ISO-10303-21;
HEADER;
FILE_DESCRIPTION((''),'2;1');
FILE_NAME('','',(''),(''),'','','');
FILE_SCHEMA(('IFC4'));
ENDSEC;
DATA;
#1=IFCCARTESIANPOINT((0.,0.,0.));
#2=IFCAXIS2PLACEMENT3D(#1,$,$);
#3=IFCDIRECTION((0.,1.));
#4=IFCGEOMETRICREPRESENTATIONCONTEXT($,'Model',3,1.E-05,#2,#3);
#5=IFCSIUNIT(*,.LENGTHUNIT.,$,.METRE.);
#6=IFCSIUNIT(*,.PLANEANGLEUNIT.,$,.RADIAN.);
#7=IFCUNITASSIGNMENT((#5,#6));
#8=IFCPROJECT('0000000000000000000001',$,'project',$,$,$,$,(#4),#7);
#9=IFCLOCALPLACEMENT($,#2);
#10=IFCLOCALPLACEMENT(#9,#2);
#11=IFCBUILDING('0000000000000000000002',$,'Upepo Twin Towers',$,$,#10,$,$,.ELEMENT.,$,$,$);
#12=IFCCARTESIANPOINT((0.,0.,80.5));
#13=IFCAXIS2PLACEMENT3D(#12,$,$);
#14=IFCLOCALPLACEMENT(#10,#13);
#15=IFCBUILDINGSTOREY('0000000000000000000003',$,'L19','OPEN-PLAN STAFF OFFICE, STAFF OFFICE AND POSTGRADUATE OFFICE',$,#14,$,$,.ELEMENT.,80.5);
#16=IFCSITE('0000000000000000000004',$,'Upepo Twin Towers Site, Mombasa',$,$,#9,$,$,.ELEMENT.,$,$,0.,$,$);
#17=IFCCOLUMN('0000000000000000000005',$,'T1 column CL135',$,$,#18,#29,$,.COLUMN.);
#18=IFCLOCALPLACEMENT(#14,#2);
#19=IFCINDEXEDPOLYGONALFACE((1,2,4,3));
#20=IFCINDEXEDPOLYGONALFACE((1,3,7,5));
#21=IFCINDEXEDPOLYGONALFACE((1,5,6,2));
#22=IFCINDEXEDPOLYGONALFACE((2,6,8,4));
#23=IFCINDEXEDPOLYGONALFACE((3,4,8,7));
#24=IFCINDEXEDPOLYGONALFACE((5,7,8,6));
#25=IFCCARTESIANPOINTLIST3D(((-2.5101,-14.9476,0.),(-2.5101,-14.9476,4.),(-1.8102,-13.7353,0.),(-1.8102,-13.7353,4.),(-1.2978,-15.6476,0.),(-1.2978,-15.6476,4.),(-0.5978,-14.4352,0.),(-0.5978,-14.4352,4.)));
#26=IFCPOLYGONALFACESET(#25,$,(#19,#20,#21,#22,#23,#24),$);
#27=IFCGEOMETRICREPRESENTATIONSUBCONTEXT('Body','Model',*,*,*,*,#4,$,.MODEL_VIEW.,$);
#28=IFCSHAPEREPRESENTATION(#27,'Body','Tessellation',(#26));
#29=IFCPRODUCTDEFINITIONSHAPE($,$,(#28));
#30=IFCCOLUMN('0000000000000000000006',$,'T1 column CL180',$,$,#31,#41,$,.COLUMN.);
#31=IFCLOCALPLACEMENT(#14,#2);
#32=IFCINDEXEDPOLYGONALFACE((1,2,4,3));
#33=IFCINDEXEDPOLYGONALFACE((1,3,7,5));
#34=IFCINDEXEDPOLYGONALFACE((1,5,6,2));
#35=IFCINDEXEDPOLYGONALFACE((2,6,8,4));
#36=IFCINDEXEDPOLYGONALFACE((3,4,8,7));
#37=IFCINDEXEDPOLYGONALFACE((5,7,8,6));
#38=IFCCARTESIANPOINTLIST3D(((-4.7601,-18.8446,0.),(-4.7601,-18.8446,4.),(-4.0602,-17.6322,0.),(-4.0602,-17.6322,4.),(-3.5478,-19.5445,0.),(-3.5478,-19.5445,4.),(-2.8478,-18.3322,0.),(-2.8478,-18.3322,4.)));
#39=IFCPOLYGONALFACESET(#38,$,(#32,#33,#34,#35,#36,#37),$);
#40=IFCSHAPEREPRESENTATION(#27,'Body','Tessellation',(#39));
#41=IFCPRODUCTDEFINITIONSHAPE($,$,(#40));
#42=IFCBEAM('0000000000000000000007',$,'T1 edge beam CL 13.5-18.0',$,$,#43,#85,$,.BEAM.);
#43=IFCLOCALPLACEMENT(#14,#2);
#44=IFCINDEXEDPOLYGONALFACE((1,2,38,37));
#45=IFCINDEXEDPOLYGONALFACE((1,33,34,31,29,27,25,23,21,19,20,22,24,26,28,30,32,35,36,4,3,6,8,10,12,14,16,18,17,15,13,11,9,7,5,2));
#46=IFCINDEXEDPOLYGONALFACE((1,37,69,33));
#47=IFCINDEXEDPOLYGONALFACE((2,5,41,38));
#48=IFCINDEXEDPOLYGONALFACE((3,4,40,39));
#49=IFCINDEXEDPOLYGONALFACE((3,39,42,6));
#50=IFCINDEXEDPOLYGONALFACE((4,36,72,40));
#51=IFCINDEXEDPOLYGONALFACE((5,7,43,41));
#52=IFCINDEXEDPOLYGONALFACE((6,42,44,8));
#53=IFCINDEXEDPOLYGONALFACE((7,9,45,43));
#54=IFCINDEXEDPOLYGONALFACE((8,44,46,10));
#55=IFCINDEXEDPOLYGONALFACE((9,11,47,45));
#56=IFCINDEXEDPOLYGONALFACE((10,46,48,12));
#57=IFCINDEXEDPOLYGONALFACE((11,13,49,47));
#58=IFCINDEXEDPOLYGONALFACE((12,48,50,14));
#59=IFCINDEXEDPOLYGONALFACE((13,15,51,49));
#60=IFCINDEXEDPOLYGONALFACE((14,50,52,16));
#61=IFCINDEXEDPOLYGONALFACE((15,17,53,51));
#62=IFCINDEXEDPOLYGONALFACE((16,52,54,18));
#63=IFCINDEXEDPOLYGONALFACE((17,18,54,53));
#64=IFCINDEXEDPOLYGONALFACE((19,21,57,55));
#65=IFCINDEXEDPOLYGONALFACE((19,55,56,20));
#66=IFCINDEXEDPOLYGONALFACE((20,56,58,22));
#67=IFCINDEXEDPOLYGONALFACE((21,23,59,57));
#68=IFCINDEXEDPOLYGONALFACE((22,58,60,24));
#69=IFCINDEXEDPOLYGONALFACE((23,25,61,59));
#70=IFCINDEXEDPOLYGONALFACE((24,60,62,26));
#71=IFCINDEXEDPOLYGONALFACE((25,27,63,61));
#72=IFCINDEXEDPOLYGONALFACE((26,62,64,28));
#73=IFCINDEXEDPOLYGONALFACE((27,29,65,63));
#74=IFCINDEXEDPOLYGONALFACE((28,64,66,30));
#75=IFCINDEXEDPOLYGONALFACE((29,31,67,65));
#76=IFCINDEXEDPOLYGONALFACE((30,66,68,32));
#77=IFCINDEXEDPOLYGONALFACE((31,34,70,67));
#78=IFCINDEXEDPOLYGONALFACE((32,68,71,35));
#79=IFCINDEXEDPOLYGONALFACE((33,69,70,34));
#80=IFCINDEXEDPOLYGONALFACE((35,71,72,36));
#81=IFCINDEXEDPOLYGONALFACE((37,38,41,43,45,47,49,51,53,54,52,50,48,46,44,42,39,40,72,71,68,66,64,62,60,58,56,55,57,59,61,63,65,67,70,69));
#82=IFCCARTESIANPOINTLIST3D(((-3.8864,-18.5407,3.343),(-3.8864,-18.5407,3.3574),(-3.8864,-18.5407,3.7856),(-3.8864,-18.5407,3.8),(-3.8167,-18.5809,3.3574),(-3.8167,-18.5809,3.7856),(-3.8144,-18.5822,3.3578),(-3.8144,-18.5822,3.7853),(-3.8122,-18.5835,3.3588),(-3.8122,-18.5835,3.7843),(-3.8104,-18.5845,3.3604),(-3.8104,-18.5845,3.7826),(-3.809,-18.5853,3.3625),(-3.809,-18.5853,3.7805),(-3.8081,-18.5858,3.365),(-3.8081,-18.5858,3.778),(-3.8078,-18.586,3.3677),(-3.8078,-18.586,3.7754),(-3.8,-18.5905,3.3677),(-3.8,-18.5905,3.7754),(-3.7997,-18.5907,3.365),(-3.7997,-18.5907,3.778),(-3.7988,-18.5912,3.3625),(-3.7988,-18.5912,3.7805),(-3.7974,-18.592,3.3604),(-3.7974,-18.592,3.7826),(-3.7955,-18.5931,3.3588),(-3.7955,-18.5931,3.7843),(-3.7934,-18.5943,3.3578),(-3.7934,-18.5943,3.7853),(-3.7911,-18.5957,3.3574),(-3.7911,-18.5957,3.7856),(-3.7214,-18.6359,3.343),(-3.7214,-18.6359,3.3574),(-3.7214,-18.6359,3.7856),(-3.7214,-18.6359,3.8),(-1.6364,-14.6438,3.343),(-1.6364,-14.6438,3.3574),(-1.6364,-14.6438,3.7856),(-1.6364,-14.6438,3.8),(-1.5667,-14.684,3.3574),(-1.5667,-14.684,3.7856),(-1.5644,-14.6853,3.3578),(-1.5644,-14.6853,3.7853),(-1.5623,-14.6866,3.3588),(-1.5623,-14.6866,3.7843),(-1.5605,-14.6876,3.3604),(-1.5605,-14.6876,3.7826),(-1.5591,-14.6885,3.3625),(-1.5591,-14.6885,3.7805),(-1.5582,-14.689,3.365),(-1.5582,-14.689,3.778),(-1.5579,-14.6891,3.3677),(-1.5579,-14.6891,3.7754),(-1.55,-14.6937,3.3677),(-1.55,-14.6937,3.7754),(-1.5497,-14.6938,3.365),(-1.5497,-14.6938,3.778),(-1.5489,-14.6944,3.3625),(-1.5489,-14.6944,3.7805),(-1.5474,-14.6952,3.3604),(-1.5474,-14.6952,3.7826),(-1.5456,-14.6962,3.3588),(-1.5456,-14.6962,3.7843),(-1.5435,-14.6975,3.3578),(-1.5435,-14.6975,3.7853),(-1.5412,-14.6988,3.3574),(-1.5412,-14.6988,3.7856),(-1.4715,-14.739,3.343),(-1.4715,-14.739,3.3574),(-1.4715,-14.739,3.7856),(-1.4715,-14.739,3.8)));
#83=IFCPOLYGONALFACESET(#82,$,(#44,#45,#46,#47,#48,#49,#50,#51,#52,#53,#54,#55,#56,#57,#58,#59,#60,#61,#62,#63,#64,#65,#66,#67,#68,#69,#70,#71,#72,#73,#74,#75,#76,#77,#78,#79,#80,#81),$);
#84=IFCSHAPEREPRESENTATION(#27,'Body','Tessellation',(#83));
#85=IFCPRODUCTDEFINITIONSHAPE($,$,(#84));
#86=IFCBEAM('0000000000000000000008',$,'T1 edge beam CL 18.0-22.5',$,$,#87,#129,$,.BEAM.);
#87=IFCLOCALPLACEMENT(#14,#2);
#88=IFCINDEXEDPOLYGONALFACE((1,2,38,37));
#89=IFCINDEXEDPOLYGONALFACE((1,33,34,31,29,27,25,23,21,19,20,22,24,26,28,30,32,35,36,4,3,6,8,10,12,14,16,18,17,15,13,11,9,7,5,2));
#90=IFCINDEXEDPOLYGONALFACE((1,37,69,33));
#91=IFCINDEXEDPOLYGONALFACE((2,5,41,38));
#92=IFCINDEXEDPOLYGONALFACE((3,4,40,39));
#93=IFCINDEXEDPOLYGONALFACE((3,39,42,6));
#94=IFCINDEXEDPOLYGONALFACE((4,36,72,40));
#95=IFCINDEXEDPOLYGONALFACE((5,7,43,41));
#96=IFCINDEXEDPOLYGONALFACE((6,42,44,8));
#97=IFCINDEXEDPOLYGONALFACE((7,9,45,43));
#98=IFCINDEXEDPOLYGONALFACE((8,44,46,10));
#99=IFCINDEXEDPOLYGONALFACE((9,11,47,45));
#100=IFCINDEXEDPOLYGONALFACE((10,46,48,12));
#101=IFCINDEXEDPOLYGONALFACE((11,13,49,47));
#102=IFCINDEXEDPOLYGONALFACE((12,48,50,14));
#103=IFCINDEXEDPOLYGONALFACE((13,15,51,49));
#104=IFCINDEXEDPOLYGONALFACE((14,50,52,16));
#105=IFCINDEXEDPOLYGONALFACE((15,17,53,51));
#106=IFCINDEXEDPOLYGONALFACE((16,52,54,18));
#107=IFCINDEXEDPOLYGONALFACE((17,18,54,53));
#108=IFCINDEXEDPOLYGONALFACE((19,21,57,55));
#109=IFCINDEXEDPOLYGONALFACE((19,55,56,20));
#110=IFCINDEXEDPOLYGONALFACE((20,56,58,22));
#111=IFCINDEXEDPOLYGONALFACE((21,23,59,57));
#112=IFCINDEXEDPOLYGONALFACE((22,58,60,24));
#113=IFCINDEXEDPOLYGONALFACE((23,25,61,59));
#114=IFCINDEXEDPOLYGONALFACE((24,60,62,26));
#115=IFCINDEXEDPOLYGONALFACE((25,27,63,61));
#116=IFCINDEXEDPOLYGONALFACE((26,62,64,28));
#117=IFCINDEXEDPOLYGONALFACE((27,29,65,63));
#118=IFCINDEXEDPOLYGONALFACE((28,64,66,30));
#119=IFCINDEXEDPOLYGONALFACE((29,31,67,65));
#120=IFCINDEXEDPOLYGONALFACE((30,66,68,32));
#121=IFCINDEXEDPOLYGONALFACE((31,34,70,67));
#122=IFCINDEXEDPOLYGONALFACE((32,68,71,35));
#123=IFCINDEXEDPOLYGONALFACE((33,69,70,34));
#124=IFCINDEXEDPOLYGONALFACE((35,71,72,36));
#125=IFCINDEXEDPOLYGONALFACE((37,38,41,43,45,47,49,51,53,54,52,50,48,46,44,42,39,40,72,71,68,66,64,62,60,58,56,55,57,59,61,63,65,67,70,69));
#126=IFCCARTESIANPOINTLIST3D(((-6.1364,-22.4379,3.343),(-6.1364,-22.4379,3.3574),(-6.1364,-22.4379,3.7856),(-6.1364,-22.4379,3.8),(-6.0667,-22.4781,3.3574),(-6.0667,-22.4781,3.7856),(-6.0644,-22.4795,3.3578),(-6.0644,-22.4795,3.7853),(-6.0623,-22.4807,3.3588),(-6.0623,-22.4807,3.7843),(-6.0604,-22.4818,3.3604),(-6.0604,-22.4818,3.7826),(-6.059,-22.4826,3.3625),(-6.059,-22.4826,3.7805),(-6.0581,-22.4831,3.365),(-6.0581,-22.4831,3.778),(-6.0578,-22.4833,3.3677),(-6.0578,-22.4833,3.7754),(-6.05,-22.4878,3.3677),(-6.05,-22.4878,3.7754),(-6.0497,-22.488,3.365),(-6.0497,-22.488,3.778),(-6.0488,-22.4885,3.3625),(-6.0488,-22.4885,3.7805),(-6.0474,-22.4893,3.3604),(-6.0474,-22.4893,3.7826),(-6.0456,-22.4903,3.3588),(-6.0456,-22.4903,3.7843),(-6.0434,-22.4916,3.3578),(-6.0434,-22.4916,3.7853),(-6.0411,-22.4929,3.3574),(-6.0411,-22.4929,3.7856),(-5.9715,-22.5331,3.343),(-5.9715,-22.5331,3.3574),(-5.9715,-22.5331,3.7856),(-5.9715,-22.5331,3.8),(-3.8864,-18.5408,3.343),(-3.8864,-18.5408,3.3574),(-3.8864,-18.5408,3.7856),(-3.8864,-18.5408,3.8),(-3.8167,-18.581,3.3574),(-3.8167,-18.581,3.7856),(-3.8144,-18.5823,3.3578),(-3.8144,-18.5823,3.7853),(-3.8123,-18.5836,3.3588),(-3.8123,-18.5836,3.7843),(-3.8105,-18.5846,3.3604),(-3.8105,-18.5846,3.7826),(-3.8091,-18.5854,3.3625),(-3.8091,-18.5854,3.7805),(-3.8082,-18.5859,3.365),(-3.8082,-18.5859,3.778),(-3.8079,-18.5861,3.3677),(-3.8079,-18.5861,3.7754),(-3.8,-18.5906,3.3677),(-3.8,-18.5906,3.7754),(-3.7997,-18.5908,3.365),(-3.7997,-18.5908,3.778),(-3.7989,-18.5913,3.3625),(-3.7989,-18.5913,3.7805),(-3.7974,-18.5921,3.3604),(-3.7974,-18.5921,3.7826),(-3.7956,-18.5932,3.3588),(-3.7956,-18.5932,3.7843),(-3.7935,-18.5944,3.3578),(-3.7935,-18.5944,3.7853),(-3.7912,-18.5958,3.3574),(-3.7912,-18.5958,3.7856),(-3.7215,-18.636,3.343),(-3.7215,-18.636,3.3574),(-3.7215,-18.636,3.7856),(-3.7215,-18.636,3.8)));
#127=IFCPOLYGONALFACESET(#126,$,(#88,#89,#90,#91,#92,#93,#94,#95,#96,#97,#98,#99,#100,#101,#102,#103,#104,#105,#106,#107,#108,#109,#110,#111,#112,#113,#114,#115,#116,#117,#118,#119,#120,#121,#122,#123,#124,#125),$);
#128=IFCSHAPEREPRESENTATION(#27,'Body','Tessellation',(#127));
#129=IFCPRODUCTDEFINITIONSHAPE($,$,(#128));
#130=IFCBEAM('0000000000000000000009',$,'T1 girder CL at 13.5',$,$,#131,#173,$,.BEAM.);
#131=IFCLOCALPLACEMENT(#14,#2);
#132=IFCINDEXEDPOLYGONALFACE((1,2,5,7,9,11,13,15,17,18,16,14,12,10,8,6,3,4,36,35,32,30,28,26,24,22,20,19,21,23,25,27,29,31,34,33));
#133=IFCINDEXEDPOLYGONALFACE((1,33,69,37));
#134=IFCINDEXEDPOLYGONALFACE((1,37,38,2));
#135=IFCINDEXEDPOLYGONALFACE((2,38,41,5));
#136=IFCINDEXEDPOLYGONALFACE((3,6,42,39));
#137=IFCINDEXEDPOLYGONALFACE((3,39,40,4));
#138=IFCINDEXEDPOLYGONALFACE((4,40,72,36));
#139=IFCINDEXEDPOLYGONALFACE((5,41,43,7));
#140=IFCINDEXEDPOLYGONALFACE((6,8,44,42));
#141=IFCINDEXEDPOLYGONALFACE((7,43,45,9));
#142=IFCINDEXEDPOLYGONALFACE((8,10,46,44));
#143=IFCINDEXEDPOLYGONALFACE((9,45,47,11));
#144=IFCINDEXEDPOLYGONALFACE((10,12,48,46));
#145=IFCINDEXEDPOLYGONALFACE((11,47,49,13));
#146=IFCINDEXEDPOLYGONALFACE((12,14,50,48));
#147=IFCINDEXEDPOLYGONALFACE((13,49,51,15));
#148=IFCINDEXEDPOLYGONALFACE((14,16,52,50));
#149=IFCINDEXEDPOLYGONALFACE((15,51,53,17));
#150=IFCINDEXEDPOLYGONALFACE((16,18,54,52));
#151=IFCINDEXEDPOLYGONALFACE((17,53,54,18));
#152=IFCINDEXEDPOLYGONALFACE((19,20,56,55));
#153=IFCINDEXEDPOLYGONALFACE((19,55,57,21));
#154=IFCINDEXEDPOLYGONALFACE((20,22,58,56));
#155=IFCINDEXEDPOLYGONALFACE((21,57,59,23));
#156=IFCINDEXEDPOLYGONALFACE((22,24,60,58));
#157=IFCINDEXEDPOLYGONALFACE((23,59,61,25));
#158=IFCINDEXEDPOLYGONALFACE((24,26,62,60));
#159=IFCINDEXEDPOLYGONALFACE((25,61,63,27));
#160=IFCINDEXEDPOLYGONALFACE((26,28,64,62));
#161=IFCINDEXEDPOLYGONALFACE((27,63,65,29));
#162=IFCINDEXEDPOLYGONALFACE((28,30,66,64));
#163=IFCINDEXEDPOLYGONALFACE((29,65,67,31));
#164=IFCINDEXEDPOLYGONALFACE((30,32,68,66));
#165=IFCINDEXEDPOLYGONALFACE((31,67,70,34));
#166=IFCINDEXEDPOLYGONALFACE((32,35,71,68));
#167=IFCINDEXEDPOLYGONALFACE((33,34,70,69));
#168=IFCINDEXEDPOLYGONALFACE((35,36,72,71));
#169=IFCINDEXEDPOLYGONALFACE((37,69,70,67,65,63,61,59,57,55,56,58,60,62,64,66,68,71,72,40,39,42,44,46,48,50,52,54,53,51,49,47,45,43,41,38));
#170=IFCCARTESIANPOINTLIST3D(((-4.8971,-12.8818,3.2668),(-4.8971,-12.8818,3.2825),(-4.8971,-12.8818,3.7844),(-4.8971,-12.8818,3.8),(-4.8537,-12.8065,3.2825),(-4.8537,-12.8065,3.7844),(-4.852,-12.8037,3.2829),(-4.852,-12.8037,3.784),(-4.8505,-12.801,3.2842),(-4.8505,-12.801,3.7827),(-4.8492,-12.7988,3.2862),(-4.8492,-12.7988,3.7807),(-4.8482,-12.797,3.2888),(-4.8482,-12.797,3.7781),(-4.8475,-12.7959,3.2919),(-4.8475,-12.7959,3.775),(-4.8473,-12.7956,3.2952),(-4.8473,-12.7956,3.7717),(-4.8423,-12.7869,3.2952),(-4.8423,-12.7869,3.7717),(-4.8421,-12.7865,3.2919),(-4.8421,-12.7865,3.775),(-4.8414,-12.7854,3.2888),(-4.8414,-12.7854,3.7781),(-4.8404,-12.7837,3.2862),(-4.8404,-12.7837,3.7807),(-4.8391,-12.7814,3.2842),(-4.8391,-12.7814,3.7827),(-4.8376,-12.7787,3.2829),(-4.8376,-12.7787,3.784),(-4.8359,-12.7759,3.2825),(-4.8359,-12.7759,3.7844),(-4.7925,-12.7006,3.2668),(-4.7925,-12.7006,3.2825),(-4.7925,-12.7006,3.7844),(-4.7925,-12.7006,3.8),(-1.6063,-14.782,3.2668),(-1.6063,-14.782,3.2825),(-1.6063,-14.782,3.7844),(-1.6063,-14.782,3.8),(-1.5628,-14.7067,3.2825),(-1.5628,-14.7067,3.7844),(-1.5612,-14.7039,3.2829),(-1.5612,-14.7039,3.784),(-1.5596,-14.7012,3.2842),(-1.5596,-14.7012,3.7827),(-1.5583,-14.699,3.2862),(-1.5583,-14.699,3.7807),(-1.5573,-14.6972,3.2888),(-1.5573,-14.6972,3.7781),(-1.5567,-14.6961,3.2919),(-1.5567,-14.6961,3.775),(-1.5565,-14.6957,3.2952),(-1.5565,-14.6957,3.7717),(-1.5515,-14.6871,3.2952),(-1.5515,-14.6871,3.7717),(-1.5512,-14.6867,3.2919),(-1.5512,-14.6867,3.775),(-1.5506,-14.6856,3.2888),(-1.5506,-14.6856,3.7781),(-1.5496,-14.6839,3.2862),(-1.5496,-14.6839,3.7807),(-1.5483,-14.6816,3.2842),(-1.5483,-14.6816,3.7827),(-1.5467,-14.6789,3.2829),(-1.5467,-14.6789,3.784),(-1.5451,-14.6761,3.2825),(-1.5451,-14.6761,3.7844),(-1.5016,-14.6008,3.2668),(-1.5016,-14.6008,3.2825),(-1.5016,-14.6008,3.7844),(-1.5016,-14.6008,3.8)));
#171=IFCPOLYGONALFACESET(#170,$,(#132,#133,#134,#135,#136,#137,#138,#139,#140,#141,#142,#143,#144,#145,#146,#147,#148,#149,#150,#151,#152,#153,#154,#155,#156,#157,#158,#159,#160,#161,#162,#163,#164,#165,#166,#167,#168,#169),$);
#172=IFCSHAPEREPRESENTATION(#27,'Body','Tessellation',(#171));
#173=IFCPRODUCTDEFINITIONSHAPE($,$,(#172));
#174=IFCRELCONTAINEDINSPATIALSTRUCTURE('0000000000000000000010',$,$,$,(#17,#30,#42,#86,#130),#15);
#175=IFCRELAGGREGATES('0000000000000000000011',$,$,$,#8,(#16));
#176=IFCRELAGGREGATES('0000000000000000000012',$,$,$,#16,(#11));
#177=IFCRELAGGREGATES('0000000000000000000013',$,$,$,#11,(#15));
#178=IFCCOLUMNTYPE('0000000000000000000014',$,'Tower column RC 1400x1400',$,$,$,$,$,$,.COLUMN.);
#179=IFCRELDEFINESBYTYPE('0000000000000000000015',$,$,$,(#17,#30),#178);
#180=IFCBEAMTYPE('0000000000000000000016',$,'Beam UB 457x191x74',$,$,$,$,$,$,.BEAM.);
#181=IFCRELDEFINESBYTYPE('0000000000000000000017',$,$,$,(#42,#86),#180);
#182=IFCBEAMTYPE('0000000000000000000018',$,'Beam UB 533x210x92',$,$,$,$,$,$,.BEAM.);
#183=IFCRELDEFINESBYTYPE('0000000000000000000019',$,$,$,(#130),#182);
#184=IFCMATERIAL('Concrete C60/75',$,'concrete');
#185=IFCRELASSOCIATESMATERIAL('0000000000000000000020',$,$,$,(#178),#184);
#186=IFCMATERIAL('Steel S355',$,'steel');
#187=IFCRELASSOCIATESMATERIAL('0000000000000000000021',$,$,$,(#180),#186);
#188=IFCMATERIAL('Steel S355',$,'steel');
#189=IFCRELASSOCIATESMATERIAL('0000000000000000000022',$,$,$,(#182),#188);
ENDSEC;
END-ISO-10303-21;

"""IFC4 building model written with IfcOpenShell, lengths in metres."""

from ifc_helpers import new_model, si_unit, direction, frame, origin, origin_2d, place, context, subcontext, project, spatial, rectangle, i_section, extrude, material, material_profile, profile_set, type_object, element, save


model = new_model("IFC4")

# Units and contexts
model_context = context("Model", 3, precision=1e-05, world=origin(), true_north=direction((0.0, 1.0)))
body_context = subcontext(model_context, "Body", "Model", "MODEL_VIEW")
ifc_project = project(units=[si_unit("LENGTHUNIT", "METRE"), si_unit("PLANEANGLEUNIT", "RADIAN")], contexts=[model_context])

# Site, building, storey
site_placement = place(None, origin())
site = spatial("IfcSite", under=ifc_project, at=site_placement, Name="Upepo Twin Towers Site, Mombasa", CompositionType="ELEMENT", RefElevation=0.0)
building_placement = place(site_placement, origin())
building = spatial("IfcBuilding", under=site, at=building_placement, Name="Upepo Twin Towers", CompositionType="ELEMENT")
storey_placement = place(building_placement, frame((0.0, 0.0, 80.5)))
storey = spatial("IfcBuildingStorey", under=building, at=storey_placement, Name="L19", Description="OPEN-PLAN STAFF OFFICE, STAFF OFFICE AND POSTGRADUATE OFFICE", CompositionType="ELEMENT", Elevation=80.5)

# Columns
ifc_material_1 = material(Name="Concrete C60/75", Category="concrete")
ifc_material_profile_1 = material_profile(ifc_material_1, rectangle(XDim=1.3999, YDim=1.3999, at=origin_2d()), Name="RC 1400x1400")
ifc_profile_set_1 = profile_set([ifc_material_profile_1], Name="Concrete C60/75")
column_type = type_object("IfcColumnType", Name="Tower column RC 1400x1400", PredefinedType="COLUMN", material=ifc_profile_set_1)
for number, where, z_axis, x_axis, name in (
    (1, (-1.554, -14.6914, 0.0), (0.0, 0.0, 1.0), (0.5, 0.866025, 0.0), "T1 column CL135"),
    (2, (-3.804, -18.5884, 0.0), (0.0, 0.0, 1.0), (0.5, 0.866025, 0.0), "T1 column CL180"),
):
    element("IfcColumn", number, at=place(storey_placement, frame(where, z_axis=z_axis, x_axis=x_axis)), inside=storey, type_object=column_type, Name=name, PredefinedType="COLUMN", context=body_context, shape_type="SweptSolid", body=[
        extrude(rectangle(XDim=1.3999, YDim=1.3999, at=origin_2d()), origin(), (0.0, 0.0, 1.0), 4.0),
    ])

# Beams
ifc_material_2 = material(Name="Steel S355", Category="steel")
ifc_material_profile_2 = material_profile(ifc_material_2, i_section(OverallWidth=0.1904, OverallDepth=0.457, WebThickness=0.009, FlangeThickness=0.0144, FilletRadius=0.0103, at=origin_2d()), Name="UB 457x191x74")
ifc_profile_set_2 = profile_set([ifc_material_profile_2], Name="Steel S355")
beam_type_1 = type_object("IfcBeamType", Name="Beam UB 457x191x74", PredefinedType="BEAM", material=ifc_profile_set_2)
beam_1_placement = place(storey_placement, frame((-1.554, -14.6914, 3.5715), z_axis=(-0.500014, -0.866018, 0.0), x_axis=(0.866018, -0.500014, 0.0)))
element("IfcBeam", 3, at=beam_1_placement, inside=storey, type_object=beam_type_1, Name="T1 edge beam CL 13.5-18.0", PredefinedType="BEAM", context=body_context, shape_type="SweptSolid", body=[
    extrude(i_section(OverallWidth=0.1904, OverallDepth=0.457, WebThickness=0.009, FlangeThickness=0.0144, FilletRadius=0.0103, at=origin_2d()), origin(), (0.0, 0.0, 1.0), 4.4998),
])
beam_2_placement = place(storey_placement, frame((-3.804, -18.5884, 3.5715), z_axis=(-0.49999, -0.866031, 0.0), x_axis=(0.866031, -0.49999, 0.0)))
element("IfcBeam", 4, at=beam_2_placement, inside=storey, type_object=beam_type_1, Name="T1 edge beam CL 18.0-22.5", PredefinedType="BEAM", context=body_context, shape_type="SweptSolid", body=[
    extrude(i_section(OverallWidth=0.1904, OverallDepth=0.457, WebThickness=0.009, FlangeThickness=0.0144, FilletRadius=0.0103, at=origin_2d()), origin(), (0.0, 0.0, 1.0), 4.5),
])
ifc_material_3 = material(Name="Steel S355", Category="steel")
ifc_material_profile_3 = material_profile(ifc_material_3, i_section(OverallWidth=0.2092, OverallDepth=0.5332, WebThickness=0.01, FlangeThickness=0.0156, FilletRadius=0.0127, at=origin_2d()), Name="UB 533x210x92")
ifc_profile_set_3 = profile_set([ifc_material_profile_3], Name="Steel S355")
beam_type_2 = type_object("IfcBeamType", Name="Beam UB 533x210x92", PredefinedType="BEAM", material=ifc_profile_set_3)
beam_3_placement = place(storey_placement, frame((-1.554, -14.6914, 3.5334), z_axis=(-0.866, 0.500043, 0.0), x_axis=(-0.500043, -0.866, 0.0)))
element("IfcBeam", 5, at=beam_3_placement, inside=storey, type_object=beam_type_2, Name="T1 girder CL at 13.5", PredefinedType="BEAM", context=body_context, shape_type="SweptSolid", body=[
    extrude(i_section(OverallWidth=0.2092, OverallDepth=0.5332, WebThickness=0.01, FlangeThickness=0.0156, FilletRadius=0.0127, at=origin_2d()), origin(), (0.0, 0.0, 1.0), 3.8),
])

save(model, "model.ifc")
